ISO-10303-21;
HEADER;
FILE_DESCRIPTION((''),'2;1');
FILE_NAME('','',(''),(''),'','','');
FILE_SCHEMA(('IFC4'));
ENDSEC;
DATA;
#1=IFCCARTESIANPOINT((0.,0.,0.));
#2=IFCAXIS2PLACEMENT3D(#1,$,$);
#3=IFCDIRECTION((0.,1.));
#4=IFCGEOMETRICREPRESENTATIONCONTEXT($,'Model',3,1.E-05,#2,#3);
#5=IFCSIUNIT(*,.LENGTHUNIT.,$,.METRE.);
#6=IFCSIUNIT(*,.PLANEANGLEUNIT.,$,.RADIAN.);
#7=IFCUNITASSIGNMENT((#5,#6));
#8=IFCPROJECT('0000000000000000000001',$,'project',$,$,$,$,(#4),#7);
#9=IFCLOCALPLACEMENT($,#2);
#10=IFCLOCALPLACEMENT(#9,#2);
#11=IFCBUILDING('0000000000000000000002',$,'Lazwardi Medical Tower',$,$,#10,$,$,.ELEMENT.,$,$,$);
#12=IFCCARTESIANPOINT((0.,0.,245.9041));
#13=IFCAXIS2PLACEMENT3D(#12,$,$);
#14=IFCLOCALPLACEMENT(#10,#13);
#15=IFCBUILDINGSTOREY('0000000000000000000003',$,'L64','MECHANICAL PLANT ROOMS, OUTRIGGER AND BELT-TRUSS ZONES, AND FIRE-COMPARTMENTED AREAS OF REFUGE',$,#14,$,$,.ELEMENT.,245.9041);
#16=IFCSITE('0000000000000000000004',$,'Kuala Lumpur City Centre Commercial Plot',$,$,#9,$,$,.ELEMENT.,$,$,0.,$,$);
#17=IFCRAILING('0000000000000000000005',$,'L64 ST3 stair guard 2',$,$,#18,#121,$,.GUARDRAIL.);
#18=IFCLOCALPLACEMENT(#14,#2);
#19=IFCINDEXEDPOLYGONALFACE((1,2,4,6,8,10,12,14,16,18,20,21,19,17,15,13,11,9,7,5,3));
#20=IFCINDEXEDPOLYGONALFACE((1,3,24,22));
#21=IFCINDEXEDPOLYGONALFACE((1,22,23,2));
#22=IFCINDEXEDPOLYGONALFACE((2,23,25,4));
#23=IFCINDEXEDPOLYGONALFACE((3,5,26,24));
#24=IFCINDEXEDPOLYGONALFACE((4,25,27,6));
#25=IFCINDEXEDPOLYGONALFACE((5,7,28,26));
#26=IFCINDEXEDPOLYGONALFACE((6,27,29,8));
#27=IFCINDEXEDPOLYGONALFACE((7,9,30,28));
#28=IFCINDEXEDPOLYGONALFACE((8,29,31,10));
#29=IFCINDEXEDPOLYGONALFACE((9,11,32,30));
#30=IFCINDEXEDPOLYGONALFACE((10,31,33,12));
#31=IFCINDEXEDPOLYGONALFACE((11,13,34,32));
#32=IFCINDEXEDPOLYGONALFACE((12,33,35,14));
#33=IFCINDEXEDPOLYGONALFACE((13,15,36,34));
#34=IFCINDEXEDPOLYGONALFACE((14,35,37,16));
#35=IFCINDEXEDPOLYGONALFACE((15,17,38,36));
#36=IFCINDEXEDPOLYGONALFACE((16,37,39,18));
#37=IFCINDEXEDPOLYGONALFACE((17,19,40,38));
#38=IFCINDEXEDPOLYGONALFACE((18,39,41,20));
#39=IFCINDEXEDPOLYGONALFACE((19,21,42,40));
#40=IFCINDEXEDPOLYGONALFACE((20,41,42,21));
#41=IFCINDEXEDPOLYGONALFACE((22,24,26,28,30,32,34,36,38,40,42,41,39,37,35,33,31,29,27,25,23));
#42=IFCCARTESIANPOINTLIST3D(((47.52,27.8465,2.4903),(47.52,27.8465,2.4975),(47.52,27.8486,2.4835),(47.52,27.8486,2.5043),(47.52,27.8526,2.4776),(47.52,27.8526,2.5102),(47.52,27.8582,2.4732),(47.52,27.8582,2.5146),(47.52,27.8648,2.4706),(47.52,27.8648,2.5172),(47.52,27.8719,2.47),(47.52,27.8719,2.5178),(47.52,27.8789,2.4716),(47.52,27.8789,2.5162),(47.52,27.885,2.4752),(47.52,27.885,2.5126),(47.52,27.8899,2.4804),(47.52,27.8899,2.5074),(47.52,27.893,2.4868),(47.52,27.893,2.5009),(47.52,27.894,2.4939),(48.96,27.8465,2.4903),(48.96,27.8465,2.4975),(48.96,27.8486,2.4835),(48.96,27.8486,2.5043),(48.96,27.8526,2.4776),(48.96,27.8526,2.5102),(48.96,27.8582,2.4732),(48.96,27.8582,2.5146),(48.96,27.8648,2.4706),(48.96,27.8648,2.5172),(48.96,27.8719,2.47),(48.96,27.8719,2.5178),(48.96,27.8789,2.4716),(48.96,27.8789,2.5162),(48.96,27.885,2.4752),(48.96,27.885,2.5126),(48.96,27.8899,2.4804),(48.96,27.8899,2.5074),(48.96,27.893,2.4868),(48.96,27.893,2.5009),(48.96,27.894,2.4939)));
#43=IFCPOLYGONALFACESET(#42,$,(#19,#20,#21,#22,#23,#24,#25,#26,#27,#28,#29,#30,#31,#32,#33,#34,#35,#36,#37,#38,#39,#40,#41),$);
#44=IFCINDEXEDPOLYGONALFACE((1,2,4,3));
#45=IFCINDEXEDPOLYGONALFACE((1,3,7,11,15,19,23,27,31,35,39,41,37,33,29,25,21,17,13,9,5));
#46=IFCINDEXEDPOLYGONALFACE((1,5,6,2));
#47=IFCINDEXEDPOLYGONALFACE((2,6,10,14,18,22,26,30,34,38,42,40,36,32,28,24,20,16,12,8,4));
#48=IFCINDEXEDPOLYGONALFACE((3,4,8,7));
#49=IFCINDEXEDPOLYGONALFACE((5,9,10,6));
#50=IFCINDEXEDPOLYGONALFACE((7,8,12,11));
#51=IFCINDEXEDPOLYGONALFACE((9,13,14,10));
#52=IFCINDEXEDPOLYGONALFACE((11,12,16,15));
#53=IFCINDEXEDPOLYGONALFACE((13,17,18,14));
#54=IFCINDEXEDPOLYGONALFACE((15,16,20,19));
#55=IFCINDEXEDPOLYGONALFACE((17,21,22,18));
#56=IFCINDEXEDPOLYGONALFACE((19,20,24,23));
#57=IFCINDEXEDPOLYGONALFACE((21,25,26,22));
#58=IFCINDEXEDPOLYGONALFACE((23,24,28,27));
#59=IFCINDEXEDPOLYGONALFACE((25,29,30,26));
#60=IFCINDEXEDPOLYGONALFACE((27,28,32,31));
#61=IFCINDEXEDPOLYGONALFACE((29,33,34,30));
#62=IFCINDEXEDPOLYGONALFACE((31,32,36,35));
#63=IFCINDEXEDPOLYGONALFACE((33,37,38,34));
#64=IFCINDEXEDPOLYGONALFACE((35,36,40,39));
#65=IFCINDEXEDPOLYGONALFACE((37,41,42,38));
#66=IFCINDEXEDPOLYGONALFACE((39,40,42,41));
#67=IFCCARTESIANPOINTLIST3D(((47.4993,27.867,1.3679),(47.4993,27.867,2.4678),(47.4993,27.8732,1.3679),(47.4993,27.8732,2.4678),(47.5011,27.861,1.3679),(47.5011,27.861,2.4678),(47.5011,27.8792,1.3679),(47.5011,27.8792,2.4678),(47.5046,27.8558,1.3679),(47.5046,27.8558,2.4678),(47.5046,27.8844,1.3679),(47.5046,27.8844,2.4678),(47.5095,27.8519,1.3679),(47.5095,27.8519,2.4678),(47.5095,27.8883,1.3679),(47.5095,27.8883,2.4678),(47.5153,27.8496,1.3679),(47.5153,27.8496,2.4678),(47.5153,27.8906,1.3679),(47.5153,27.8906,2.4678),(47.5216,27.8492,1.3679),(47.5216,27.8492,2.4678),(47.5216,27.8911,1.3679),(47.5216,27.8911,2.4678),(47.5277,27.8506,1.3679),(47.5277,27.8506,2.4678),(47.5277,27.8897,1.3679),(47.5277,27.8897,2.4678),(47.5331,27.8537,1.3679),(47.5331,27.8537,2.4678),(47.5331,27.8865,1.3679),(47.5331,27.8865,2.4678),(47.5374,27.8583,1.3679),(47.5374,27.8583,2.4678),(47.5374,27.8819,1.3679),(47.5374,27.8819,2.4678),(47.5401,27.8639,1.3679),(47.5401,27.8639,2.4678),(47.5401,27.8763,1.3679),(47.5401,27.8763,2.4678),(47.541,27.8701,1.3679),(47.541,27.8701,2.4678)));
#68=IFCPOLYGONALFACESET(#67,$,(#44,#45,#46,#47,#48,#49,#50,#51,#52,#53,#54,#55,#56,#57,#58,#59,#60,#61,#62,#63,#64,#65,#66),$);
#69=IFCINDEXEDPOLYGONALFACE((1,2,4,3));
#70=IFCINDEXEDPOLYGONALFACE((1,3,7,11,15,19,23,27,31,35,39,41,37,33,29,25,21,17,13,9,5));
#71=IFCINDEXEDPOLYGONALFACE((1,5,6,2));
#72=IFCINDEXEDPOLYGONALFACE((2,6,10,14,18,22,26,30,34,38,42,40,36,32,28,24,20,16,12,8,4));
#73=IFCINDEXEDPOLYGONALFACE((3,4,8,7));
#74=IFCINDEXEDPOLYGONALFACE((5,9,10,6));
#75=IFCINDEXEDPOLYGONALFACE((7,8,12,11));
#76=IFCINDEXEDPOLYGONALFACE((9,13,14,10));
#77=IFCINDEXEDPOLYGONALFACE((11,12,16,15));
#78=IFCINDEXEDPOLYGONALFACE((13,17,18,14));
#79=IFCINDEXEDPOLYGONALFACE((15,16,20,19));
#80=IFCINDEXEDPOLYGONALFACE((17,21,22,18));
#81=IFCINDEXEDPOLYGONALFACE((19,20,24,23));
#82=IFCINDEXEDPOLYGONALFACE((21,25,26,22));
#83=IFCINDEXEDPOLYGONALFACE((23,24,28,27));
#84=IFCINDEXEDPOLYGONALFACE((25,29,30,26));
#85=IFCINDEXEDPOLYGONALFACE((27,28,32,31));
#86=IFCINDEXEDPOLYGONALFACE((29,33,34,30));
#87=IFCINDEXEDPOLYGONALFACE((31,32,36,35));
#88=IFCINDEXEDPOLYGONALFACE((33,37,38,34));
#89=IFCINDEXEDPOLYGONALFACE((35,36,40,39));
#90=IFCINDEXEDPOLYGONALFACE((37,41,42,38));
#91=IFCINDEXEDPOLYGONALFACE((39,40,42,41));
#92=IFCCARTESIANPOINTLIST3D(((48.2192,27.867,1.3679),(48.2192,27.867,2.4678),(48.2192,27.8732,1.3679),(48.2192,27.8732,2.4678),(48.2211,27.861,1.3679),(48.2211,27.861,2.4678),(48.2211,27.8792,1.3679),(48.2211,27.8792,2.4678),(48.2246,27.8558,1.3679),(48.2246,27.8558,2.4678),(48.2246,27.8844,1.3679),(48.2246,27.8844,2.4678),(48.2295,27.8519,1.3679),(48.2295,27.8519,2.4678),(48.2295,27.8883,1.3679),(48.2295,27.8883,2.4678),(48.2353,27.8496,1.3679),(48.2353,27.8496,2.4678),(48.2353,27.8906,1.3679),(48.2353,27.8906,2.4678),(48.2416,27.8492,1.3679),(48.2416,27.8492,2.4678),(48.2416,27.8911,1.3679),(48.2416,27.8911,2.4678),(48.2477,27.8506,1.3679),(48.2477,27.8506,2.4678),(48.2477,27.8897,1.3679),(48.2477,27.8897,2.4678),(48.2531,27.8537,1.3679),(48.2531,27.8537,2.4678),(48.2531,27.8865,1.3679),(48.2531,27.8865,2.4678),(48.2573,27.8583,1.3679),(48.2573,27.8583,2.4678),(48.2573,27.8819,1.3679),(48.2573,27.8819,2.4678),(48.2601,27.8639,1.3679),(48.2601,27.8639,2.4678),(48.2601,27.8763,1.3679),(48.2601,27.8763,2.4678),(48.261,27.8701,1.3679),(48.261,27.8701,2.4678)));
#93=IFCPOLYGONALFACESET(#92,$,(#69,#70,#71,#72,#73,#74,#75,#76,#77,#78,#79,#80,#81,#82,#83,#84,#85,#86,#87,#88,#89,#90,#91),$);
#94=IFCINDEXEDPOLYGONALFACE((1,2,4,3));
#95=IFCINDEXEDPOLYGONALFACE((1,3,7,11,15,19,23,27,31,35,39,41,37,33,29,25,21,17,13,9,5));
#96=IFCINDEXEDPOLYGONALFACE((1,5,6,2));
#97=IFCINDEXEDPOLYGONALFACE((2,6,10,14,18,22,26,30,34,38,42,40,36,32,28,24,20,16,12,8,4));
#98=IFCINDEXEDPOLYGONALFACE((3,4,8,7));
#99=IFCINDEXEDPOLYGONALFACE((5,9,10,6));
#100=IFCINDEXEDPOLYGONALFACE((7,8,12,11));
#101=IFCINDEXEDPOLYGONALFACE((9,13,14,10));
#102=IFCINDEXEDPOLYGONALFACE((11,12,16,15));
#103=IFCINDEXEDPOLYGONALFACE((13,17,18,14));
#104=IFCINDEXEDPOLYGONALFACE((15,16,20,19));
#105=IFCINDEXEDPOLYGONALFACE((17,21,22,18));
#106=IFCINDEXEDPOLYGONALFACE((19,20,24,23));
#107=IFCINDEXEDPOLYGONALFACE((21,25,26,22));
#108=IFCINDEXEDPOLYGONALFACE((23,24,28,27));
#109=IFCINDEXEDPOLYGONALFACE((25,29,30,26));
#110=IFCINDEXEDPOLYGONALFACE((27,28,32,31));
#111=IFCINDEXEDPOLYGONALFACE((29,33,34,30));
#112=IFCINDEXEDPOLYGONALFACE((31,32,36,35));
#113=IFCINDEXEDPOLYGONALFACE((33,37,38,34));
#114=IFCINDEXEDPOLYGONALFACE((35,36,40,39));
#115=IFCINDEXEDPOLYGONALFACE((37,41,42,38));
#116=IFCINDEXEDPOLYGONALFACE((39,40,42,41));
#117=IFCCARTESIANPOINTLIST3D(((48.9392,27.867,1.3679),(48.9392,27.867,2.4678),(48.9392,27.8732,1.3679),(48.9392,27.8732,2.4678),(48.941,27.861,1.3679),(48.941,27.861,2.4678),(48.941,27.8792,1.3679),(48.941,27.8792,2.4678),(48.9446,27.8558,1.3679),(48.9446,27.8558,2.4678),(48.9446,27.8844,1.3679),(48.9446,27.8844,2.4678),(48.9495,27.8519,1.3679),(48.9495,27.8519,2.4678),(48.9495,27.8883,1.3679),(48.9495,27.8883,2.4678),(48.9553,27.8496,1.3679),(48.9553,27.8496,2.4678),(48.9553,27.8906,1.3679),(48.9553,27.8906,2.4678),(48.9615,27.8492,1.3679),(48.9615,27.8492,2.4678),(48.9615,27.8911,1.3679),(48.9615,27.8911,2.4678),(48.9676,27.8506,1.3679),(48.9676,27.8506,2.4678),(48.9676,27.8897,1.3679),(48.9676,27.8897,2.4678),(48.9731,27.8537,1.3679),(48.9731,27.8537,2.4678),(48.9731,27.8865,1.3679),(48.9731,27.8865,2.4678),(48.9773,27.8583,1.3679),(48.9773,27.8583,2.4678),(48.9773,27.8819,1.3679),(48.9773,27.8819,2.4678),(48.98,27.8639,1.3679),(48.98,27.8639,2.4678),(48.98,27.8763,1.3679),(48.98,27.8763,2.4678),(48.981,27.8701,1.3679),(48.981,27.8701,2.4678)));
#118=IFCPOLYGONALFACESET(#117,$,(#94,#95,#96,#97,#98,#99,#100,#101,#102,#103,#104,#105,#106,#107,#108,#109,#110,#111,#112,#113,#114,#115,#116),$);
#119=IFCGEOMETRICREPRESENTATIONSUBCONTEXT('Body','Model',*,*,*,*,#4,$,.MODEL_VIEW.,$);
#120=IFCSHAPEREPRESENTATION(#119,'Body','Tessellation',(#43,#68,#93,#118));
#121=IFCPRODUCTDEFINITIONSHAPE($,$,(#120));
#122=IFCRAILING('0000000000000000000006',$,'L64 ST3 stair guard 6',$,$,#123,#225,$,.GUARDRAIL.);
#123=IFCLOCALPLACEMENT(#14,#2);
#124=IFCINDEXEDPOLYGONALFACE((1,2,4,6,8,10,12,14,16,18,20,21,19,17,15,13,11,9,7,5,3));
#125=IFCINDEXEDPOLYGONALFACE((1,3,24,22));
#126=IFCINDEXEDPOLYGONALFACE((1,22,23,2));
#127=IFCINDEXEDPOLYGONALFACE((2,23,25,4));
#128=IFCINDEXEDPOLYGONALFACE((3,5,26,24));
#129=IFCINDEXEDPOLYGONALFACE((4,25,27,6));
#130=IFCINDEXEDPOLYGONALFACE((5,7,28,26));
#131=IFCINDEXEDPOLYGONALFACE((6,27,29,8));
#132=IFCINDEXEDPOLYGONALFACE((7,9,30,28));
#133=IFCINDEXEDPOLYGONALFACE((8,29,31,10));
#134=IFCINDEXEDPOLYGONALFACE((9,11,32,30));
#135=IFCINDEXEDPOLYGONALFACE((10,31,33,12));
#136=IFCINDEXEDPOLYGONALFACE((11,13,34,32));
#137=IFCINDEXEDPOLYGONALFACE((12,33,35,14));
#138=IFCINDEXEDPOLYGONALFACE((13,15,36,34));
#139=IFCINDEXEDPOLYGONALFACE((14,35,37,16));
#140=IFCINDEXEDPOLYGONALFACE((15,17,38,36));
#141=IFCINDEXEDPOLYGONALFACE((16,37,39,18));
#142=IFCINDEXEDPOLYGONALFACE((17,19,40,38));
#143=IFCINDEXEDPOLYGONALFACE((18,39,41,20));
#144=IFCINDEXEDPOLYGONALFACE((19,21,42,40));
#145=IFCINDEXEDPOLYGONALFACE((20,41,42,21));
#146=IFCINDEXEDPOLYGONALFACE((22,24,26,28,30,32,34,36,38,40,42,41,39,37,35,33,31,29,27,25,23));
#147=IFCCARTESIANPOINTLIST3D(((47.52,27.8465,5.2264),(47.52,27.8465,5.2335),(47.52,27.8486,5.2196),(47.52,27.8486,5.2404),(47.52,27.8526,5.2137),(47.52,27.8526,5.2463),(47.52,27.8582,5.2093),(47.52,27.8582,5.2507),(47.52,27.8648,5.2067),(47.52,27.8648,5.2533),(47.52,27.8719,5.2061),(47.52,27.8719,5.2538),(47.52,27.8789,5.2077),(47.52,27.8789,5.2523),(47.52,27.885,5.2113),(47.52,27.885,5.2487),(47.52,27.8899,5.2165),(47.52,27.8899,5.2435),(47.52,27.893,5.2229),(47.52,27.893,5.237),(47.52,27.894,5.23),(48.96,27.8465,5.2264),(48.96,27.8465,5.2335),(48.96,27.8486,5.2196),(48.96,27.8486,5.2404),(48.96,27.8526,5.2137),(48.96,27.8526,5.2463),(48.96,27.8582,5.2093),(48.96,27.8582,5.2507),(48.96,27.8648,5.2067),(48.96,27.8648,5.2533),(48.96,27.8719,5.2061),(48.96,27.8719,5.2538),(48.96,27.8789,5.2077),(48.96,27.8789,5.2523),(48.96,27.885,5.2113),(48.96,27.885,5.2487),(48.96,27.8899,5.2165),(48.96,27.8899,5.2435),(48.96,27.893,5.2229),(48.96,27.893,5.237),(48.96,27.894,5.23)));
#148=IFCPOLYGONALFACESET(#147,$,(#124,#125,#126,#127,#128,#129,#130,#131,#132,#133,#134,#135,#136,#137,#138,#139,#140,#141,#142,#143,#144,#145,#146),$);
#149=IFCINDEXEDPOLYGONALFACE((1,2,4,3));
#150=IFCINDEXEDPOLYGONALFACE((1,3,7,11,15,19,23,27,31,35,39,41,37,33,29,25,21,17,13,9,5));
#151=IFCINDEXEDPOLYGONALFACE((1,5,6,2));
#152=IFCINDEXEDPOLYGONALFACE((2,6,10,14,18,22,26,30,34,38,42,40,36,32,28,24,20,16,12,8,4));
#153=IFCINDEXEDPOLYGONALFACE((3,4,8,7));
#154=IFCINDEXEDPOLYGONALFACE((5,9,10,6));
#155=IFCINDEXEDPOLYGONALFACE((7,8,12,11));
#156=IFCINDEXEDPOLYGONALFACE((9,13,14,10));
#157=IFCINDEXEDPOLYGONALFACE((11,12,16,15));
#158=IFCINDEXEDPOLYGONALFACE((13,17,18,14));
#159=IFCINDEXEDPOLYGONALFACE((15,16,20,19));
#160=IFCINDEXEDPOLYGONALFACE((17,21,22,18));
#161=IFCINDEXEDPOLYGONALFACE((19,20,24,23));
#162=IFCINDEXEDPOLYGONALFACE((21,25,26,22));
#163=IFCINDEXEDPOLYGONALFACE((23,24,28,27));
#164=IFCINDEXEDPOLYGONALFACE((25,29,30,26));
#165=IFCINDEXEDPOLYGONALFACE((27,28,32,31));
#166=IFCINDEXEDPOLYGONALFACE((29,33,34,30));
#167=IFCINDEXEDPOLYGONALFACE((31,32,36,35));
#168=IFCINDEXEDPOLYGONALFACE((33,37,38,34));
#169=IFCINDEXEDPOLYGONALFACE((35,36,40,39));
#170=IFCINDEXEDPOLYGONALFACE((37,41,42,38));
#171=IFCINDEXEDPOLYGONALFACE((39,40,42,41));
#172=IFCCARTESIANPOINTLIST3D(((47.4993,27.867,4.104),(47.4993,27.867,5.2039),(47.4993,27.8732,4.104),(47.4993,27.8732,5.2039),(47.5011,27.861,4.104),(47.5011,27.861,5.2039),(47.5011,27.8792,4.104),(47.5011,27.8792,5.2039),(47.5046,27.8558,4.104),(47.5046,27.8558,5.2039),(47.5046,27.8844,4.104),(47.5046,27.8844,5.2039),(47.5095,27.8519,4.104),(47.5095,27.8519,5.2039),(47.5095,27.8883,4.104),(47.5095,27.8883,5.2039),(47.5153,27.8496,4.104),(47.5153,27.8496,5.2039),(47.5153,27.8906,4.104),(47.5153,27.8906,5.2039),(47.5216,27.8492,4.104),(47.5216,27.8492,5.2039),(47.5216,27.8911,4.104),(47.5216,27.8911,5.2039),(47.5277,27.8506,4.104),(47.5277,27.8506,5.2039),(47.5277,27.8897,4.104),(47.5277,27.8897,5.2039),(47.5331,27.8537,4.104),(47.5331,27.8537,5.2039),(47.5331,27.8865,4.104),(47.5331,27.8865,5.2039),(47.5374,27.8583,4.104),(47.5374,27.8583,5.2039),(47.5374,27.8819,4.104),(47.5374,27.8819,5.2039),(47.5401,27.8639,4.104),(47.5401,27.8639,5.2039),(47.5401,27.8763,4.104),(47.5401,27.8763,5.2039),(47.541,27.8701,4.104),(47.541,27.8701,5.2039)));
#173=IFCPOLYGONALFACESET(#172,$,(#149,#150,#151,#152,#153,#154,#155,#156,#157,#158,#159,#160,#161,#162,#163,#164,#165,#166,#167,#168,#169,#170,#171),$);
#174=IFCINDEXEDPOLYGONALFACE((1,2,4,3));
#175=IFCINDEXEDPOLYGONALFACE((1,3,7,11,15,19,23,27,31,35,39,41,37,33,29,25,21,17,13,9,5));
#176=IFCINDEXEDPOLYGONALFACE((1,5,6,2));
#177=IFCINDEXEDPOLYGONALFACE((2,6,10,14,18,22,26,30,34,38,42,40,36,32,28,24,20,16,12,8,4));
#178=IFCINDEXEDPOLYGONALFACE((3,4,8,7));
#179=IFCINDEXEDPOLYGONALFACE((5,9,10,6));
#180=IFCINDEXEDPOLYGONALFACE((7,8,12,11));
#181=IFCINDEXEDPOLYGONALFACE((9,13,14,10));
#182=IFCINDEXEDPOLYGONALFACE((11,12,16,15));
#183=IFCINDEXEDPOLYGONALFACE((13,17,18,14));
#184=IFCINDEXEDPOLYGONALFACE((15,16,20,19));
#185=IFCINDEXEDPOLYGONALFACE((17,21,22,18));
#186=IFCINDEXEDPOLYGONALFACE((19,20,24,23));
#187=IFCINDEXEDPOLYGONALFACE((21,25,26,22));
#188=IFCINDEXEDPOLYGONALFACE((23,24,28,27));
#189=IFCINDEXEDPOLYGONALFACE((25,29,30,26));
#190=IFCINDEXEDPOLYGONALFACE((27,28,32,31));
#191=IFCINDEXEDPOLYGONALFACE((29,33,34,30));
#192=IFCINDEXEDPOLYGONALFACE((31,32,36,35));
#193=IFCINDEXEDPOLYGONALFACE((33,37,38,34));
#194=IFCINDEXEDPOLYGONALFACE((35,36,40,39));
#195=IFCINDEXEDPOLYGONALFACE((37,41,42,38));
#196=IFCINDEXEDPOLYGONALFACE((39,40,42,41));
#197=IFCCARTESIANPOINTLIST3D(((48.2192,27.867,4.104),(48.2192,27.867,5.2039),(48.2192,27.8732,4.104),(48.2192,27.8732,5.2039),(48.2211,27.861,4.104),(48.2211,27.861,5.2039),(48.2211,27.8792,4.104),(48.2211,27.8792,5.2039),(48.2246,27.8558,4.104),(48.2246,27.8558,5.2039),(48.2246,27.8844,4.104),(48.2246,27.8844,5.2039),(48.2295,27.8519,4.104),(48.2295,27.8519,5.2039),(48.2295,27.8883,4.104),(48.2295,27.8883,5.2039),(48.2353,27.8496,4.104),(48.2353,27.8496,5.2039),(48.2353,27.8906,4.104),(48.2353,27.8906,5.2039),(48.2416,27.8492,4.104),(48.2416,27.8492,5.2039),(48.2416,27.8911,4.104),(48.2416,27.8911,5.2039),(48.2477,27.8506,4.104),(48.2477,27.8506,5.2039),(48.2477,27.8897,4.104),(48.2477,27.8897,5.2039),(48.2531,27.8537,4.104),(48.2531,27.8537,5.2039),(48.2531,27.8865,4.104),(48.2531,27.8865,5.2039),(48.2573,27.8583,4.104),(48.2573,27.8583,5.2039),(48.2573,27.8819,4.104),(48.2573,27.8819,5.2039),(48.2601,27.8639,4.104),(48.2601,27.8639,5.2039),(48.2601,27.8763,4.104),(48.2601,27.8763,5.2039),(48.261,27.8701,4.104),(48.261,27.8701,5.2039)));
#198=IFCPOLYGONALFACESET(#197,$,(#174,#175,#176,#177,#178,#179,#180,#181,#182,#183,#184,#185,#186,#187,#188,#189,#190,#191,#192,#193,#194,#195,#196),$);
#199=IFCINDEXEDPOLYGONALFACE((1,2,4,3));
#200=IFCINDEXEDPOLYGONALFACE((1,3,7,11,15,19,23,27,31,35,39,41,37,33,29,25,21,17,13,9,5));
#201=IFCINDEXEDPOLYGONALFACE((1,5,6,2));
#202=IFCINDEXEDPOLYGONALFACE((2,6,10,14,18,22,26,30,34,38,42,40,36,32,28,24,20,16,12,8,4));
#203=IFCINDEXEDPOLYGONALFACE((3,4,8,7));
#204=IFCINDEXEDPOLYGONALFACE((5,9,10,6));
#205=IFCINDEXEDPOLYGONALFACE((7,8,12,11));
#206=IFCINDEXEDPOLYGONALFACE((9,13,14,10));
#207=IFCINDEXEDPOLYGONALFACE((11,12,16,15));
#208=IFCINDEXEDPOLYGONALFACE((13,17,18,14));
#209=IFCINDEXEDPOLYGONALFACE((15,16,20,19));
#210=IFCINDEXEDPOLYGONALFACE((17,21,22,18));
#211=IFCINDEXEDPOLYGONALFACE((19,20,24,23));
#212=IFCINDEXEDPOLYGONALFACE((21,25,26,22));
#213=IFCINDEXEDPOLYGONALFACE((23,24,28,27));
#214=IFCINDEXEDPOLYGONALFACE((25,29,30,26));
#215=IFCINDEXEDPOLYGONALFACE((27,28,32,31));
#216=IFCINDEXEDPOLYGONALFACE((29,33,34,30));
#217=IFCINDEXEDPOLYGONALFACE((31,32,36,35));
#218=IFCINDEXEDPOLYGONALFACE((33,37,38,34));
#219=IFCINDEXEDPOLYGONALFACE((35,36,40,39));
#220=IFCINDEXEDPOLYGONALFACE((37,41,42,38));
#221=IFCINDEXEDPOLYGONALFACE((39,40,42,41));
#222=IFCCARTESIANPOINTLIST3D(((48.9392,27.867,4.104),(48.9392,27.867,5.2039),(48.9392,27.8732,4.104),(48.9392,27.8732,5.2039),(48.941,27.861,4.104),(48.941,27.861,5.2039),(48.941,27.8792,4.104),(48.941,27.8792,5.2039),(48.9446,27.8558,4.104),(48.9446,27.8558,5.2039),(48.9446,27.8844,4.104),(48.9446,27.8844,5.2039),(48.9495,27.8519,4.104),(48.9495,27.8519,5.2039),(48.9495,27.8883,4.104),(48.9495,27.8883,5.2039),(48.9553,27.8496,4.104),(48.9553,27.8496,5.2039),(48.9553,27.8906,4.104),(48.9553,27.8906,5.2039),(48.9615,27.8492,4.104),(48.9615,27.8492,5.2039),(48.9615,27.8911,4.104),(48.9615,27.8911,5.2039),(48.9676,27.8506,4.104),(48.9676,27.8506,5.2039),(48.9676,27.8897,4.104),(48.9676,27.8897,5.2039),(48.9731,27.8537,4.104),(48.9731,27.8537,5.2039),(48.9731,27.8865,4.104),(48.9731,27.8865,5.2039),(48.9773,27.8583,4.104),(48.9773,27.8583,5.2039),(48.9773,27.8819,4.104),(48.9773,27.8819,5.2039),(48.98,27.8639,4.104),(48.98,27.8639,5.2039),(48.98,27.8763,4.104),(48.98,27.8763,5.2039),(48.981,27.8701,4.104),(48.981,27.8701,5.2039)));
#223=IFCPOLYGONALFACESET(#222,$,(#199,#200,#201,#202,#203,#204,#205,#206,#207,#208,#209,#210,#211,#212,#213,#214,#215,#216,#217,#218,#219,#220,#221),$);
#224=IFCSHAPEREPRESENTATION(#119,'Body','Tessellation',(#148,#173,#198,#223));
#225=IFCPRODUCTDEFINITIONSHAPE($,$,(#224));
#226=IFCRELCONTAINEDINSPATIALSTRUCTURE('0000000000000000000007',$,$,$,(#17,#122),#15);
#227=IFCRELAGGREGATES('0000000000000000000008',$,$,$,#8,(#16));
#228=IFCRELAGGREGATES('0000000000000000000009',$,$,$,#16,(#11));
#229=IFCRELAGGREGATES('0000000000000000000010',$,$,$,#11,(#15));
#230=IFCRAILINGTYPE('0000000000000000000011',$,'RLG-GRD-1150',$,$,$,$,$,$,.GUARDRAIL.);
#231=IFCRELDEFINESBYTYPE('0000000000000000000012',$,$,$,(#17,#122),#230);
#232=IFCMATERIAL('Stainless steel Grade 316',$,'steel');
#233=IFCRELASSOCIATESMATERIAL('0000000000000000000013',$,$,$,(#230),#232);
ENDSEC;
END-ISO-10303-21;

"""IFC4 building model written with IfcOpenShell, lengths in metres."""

from ifc_helpers import new_model, si_unit, direction, frame, origin, origin_2d, place, context, subcontext, project, spatial, circle, extrude, material, type_object, element, save


model = new_model("IFC4")

# Units and contexts
model_context = context("Model", 3, precision=1e-05, world=origin(), true_north=direction((0.0, 1.0)))
body_context = subcontext(model_context, "Body", "Model", "MODEL_VIEW")
ifc_project = project(units=[si_unit("LENGTHUNIT", "METRE"), si_unit("PLANEANGLEUNIT", "RADIAN")], contexts=[model_context])

# Site, building, storey
site_placement = place(None, origin())
site = spatial("IfcSite", under=ifc_project, at=site_placement, Name="Kuala Lumpur City Centre Commercial Plot", CompositionType="ELEMENT", RefElevation=0.0)
building_placement = place(site_placement, origin())
building = spatial("IfcBuilding", under=site, at=building_placement, Name="Lazwardi Medical Tower", CompositionType="ELEMENT")
storey_placement = place(building_placement, frame((0.0, 0.0, 245.9041)))
storey = spatial("IfcBuildingStorey", under=building, at=storey_placement, Name="L64", Description="MECHANICAL PLANT ROOMS, OUTRIGGER AND BELT-TRUSS ZONES, AND FIRE-COMPARTMENTED AREAS OF REFUGE", CompositionType="ELEMENT", Elevation=245.9041)

# Railings
ifc_material_1 = material(Name="Stainless steel Grade 316", Category="steel")
railing_type_1 = type_object("IfcRailingType", Name="RLG-GRD-1150", PredefinedType="GUARDRAIL", material=ifc_material_1)
for number, where, name in (
    (1, (47.52, 27.8701, 1.3679), "L64 ST3 stair guard 2"),
    (2, (47.52, 27.8701, 4.104), "L64 ST3 stair guard 6"),
):
    element("IfcRailing", number, at=place(storey_placement, frame(where)), inside=storey, type_object=railing_type_1, Name=name, PredefinedType="GUARDRAIL", context=body_context, shape_type="SweptSolid", body=[
        extrude(circle(Radius=0.0239, at=origin_2d()), frame((0.0, 0.0, 1.126), z_axis=(1.0, 0.0, 0.0), x_axis=(0.0, 1.0, 0.0)), (0.0, 0.0, 1.0), 1.4399),
        extrude(circle(Radius=0.021, at=origin_2d()), origin(), (0.0, 0.0, 1.0), 1.0999),
        extrude(circle(Radius=0.021, at=origin_2d()), frame((0.72, 0.0, 0.0)), (0.0, 0.0, 1.0), 1.0999),
        extrude(circle(Radius=0.021, at=origin_2d()), frame((1.4399, 0.0, 0.0)), (0.0, 0.0, 1.0), 1.0999),
    ])

save(model, "model.ifc")
